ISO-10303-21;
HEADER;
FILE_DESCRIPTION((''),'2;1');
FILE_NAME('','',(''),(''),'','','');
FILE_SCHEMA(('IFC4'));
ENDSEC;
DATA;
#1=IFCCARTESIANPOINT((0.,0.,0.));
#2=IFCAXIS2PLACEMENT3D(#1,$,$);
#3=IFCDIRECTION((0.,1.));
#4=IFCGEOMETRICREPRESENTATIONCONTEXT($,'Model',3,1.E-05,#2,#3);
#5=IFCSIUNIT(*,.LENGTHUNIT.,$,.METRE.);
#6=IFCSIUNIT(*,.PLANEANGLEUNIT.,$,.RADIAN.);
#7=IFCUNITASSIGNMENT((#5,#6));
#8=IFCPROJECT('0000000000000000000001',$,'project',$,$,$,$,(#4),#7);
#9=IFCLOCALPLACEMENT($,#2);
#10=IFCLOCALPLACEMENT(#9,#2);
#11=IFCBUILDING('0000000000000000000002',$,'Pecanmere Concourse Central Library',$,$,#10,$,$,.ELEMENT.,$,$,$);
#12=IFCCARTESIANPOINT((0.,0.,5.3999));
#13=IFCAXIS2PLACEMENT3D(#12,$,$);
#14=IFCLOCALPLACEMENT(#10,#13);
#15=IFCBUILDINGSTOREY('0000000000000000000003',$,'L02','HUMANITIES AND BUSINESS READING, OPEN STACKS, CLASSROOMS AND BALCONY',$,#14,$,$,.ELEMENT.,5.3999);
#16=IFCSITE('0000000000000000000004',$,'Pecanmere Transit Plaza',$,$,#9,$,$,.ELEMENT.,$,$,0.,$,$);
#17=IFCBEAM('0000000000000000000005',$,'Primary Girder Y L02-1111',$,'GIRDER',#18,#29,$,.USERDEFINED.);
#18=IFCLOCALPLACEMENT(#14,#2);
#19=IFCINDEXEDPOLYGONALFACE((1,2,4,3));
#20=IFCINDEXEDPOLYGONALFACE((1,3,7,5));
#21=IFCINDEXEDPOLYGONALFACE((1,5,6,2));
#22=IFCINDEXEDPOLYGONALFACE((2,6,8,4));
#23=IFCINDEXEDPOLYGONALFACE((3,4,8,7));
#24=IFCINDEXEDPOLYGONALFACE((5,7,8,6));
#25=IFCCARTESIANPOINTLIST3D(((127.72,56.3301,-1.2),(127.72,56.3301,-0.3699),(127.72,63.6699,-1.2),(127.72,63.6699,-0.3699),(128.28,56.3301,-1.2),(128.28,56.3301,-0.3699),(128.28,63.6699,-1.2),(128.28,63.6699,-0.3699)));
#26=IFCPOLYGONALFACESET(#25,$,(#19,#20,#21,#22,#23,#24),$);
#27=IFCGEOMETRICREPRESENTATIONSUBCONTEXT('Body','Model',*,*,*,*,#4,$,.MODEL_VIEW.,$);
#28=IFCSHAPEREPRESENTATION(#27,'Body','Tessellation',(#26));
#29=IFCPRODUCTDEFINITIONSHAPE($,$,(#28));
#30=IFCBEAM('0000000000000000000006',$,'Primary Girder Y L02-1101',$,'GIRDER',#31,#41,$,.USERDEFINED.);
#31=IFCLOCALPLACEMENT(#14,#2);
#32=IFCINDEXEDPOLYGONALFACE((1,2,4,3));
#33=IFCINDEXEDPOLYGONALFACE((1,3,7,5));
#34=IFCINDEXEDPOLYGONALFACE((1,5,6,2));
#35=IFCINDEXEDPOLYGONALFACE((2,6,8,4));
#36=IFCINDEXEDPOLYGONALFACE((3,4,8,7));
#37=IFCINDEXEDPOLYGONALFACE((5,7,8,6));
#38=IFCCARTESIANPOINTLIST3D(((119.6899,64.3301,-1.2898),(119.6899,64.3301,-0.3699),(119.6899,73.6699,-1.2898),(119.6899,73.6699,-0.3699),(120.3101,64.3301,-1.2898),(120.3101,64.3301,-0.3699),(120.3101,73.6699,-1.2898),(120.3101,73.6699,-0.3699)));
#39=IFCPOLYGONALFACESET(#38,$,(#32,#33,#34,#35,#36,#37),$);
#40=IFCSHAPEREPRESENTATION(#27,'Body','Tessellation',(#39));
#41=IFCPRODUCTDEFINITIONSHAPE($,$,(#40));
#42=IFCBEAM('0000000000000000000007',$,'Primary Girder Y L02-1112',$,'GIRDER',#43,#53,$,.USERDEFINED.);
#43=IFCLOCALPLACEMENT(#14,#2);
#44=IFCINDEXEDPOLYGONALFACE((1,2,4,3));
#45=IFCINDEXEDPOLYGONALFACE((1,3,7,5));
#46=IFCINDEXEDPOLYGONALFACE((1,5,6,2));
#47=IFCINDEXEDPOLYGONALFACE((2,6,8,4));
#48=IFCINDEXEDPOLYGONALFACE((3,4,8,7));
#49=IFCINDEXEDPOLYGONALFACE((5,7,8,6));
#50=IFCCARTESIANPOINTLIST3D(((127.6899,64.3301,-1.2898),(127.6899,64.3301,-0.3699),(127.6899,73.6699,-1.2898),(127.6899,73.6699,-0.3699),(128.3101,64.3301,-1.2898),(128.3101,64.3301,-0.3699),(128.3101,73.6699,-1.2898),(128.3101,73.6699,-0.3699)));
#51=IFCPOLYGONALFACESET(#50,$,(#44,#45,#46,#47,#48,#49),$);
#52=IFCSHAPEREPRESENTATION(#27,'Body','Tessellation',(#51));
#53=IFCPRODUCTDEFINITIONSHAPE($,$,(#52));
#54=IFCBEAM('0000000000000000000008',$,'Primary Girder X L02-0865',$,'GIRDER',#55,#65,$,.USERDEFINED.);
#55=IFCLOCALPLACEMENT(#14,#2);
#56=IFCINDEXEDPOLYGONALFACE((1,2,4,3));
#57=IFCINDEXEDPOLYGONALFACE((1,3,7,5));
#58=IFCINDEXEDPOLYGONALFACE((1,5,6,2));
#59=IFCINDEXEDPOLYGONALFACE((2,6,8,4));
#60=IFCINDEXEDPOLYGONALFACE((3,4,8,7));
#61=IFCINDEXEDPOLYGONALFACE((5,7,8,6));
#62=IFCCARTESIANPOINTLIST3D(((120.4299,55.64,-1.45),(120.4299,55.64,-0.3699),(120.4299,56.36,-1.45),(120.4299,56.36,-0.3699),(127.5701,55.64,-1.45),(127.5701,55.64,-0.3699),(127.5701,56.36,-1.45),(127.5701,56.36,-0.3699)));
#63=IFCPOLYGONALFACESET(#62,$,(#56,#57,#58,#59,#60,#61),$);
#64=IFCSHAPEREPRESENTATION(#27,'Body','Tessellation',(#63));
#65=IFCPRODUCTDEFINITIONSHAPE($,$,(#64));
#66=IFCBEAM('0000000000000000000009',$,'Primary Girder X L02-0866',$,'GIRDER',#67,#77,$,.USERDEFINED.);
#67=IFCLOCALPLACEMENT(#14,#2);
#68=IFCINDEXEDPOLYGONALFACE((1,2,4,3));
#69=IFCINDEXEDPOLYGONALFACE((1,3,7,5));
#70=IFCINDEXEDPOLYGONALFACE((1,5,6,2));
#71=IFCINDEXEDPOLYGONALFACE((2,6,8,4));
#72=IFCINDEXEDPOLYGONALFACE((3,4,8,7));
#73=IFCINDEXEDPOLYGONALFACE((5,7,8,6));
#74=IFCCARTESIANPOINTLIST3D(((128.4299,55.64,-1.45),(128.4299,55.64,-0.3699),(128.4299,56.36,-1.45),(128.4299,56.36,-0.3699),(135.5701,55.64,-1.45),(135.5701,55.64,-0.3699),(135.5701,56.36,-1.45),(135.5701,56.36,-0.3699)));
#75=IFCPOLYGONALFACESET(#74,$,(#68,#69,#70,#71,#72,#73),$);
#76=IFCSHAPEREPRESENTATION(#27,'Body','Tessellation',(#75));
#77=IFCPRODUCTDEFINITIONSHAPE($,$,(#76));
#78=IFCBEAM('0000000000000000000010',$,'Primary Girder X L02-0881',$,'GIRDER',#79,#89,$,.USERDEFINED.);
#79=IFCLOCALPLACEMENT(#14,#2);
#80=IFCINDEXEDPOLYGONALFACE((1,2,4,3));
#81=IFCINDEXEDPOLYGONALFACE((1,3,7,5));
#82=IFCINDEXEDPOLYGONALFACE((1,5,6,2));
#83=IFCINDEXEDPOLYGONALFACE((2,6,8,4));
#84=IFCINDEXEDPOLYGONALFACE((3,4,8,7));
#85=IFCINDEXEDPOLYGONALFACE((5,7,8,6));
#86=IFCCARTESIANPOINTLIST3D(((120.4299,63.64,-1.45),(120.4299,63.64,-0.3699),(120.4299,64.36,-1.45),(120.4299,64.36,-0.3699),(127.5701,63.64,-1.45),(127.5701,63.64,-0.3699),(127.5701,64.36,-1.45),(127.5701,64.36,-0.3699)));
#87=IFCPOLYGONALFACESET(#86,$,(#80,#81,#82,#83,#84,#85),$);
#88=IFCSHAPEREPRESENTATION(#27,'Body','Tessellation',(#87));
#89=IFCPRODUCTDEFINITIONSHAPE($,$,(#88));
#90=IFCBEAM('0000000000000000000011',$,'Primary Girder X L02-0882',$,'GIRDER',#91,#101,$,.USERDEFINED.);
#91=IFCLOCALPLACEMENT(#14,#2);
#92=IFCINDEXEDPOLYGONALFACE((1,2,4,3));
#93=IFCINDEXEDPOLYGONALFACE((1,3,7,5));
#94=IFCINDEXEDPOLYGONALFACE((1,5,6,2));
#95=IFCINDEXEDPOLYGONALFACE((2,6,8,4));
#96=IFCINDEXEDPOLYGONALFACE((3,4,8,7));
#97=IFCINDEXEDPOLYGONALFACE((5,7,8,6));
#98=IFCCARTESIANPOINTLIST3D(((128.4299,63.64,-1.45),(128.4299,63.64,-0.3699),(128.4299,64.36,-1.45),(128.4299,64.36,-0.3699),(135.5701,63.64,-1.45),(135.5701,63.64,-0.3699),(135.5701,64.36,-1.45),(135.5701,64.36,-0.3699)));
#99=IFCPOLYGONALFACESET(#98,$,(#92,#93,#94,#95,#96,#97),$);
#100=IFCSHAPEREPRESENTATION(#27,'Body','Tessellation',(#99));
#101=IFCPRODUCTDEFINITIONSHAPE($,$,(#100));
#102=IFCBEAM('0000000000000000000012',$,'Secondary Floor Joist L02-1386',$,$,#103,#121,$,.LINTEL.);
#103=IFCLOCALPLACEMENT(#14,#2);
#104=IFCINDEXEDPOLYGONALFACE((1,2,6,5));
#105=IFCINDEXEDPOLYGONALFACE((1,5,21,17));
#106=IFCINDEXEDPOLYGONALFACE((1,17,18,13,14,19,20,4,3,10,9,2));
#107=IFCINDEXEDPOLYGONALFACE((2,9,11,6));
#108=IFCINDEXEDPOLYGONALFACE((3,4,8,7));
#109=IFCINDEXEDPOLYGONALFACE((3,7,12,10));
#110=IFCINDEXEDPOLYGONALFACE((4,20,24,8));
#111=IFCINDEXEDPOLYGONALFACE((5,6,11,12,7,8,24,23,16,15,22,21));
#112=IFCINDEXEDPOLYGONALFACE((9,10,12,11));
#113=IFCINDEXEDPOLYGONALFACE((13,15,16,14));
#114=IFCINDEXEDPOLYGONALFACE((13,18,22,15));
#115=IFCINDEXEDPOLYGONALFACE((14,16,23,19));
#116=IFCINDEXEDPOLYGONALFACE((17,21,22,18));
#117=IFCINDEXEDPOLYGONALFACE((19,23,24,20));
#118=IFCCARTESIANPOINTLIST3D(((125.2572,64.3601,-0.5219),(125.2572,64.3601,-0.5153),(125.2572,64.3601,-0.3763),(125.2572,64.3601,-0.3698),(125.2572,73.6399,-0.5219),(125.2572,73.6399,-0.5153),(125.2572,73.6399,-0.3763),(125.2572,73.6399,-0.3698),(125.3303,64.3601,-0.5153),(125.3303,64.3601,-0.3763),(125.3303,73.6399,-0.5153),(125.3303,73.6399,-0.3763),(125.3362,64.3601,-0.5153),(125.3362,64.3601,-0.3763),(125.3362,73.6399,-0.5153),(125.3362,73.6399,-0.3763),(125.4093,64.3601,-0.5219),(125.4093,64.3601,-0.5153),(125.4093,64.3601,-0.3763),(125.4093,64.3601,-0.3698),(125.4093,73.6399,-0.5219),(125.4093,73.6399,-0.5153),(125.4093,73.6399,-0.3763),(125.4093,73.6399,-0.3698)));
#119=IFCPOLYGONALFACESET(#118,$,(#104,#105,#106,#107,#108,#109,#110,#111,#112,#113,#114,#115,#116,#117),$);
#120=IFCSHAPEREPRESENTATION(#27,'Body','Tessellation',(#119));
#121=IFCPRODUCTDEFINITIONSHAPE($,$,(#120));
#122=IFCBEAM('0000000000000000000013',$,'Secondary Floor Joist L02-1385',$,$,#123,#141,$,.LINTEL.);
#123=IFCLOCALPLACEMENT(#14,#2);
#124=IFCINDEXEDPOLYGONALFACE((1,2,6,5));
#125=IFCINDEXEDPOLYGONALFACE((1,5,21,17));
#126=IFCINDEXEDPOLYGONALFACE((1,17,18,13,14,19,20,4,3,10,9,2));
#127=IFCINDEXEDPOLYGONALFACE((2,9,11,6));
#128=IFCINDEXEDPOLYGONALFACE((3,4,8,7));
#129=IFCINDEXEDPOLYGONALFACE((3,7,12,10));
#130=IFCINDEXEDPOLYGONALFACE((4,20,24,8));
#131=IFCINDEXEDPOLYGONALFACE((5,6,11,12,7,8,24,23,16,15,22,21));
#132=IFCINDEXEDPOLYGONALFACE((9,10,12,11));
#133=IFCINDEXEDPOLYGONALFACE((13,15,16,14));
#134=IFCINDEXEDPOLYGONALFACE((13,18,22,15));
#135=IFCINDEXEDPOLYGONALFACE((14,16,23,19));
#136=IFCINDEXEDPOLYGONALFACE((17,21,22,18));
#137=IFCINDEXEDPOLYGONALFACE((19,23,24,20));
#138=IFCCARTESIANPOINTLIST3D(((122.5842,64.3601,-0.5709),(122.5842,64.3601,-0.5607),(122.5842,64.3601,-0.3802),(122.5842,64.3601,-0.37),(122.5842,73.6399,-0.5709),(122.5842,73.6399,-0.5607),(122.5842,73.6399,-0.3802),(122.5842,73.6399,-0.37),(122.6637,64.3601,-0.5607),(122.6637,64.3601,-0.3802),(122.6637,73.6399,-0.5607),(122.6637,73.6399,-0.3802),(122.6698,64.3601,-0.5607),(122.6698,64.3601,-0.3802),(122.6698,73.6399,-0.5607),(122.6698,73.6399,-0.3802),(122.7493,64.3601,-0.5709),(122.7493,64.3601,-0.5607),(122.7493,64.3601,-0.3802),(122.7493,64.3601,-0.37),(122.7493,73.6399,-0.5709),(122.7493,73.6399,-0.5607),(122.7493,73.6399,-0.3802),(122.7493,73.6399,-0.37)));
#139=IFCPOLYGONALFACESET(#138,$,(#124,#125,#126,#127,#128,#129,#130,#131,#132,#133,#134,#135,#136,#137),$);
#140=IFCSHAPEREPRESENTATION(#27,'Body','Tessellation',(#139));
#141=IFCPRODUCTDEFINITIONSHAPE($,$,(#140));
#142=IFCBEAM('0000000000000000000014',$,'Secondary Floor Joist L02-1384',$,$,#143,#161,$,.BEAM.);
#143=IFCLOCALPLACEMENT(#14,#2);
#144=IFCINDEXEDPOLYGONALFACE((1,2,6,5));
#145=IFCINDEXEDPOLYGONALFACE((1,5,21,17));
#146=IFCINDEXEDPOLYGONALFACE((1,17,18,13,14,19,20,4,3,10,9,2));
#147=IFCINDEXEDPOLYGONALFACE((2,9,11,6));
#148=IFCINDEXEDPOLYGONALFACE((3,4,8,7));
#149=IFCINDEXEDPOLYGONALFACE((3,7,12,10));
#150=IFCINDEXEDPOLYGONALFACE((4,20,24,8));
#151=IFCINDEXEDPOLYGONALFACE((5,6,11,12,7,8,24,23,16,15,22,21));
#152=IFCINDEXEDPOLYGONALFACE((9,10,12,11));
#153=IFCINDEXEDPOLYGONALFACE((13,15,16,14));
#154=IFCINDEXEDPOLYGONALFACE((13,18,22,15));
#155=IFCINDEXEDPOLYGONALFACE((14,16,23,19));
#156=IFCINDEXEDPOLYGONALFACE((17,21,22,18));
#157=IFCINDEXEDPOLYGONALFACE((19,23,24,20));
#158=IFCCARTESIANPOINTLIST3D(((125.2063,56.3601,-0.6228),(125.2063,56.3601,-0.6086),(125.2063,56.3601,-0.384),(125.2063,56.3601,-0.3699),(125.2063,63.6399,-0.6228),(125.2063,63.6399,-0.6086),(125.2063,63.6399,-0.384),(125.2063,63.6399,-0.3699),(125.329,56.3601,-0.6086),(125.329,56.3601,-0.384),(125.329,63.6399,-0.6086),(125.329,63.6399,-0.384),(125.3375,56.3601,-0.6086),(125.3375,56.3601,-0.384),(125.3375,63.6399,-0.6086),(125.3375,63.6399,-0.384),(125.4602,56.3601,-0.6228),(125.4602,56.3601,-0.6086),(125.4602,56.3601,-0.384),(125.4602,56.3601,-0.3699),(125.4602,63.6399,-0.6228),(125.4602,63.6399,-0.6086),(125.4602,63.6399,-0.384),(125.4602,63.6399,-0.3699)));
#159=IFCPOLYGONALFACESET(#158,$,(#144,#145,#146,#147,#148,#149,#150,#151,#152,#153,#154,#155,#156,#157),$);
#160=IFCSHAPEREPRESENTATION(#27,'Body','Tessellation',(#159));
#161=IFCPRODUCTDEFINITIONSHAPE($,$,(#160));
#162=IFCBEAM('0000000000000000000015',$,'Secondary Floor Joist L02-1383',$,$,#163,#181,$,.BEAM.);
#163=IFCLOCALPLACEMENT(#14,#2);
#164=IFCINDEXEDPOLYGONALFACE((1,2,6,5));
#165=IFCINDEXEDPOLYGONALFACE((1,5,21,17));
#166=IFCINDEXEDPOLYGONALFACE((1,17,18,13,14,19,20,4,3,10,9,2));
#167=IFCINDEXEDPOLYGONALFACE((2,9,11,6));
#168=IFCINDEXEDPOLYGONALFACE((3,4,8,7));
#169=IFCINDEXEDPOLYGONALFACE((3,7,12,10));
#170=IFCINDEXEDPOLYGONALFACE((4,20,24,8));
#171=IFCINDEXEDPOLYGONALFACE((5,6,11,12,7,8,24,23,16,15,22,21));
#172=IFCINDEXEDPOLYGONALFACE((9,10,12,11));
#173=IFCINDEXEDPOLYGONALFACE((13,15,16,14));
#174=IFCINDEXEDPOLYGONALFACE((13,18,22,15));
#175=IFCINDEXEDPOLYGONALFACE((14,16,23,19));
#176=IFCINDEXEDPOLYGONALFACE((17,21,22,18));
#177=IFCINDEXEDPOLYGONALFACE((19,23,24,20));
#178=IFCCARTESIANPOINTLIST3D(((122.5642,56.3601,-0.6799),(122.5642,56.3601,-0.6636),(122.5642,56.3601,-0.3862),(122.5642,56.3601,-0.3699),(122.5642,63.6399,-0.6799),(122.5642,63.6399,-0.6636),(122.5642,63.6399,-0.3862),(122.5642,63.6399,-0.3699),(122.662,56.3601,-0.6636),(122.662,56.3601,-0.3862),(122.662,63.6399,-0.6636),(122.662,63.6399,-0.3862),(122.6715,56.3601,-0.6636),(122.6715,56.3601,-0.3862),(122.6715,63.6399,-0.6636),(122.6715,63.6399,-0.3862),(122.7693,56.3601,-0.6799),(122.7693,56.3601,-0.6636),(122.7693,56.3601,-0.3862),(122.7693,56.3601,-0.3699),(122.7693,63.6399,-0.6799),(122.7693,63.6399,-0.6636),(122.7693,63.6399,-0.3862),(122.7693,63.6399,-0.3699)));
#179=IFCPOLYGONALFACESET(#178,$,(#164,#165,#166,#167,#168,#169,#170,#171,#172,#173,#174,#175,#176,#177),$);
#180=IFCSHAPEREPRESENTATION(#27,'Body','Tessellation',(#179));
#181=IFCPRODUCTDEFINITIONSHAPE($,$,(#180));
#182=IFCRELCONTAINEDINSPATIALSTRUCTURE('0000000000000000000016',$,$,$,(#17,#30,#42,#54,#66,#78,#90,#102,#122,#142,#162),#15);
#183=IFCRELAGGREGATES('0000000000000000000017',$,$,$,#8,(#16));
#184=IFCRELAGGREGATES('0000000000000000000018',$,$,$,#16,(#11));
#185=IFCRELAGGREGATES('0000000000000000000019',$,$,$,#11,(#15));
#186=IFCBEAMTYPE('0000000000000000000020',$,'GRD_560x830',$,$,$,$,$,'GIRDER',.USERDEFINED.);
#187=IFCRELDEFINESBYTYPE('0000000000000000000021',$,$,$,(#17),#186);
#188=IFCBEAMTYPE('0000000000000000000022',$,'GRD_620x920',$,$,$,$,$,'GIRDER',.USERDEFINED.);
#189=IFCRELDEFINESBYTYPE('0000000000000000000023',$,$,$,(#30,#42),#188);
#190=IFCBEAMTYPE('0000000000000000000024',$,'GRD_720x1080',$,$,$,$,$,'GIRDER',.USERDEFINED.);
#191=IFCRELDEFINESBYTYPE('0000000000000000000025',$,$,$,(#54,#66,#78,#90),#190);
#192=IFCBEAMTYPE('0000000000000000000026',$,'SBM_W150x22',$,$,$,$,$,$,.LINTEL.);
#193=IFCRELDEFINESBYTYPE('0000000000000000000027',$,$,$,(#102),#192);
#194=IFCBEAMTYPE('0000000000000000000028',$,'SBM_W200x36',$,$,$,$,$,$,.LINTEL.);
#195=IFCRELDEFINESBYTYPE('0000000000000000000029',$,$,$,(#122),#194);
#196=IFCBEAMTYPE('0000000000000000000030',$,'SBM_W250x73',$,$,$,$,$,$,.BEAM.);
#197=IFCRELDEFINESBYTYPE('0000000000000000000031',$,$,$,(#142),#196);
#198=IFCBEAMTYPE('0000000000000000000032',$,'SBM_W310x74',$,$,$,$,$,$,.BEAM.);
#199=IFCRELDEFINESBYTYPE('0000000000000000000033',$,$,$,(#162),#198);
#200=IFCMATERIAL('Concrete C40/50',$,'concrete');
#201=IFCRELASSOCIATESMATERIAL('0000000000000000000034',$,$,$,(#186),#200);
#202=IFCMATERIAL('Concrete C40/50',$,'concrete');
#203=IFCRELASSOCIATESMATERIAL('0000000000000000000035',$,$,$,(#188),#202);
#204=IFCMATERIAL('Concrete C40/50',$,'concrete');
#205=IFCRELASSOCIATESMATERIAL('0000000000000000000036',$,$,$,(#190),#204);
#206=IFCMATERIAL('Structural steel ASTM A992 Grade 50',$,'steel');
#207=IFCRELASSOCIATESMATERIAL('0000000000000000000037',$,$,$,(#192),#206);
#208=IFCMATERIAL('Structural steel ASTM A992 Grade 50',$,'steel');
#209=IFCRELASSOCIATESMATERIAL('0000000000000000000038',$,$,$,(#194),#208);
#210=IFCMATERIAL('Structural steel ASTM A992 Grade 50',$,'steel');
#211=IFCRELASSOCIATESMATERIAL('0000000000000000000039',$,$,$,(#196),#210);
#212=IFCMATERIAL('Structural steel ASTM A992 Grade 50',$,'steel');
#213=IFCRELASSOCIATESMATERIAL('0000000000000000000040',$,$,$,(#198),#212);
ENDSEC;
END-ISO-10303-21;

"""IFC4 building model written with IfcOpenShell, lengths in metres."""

from ifc_helpers import new_model, si_unit, direction, frame, origin, origin_2d, place, context, subcontext, project, spatial, rectangle, i_section, extrude, material, material_profile, profile_set, type_object, element, save


model = new_model("IFC4")

# Units and contexts
model_context = context("Model", 3, precision=1e-05, world=origin(), true_north=direction((0.0, 1.0)))
body_context = subcontext(model_context, "Body", "Model", "MODEL_VIEW")
ifc_project = project(units=[si_unit("LENGTHUNIT", "METRE"), si_unit("PLANEANGLEUNIT", "RADIAN")], contexts=[model_context])

# Site, building, storey
site_placement = place(None, origin())
site = spatial("IfcSite", under=ifc_project, at=site_placement, Name="Pecanmere Transit Plaza", CompositionType="ELEMENT", RefElevation=0.0)
building_placement = place(site_placement, origin())
building = spatial("IfcBuilding", under=site, at=building_placement, Name="Pecanmere Concourse Central Library", CompositionType="ELEMENT")
storey_placement = place(building_placement, frame((0.0, 0.0, 5.3999)))
storey = spatial("IfcBuildingStorey", under=building, at=storey_placement, Name="L02", Description="HUMANITIES AND BUSINESS READING, OPEN STACKS, CLASSROOMS AND BALCONY", CompositionType="ELEMENT", Elevation=5.3999)

# Beams
ifc_material_1 = material(Name="Concrete C40/50", Category="concrete")
ifc_material_profile_1 = material_profile(ifc_material_1, rectangle(XDim=0.5601, YDim=0.8301, at=origin_2d()), Name="RC 560x830")
ifc_profile_set_1 = profile_set([ifc_material_profile_1], Name="Concrete C40/50")
beam_type_1 = type_object("IfcBeamType", Name="GRD_560x830", ElementType="GIRDER", PredefinedType="USERDEFINED", material=ifc_profile_set_1)
for number, where, z_axis, x_axis, name in (
    (1, (128.0, 56.3301, -0.7849), (0.0, 1.0, 0.0), (-1.0, 0.0, 0.0), "Primary Girder Y L02-1111"),
):
    element("IfcBeam", number, at=place(storey_placement, frame(where, z_axis=z_axis, x_axis=x_axis)), inside=storey, type_object=beam_type_1, Name=name, ObjectType="GIRDER", PredefinedType="USERDEFINED", context=body_context, shape_type="SweptSolid", body=[
        extrude(rectangle(XDim=0.5601, YDim=0.8301, at=origin_2d()), origin(), (0.0, 0.0, 1.0), 7.3398),
    ])
ifc_material_2 = material(Name="Concrete C40/50", Category="concrete")
ifc_material_profile_2 = material_profile(ifc_material_2, rectangle(XDim=0.6201, YDim=0.9199, at=origin_2d()), Name="RC 620x920")
ifc_profile_set_2 = profile_set([ifc_material_profile_2], Name="Concrete C40/50")
beam_type_2 = type_object("IfcBeamType", Name="GRD_620x920", ElementType="GIRDER", PredefinedType="USERDEFINED", material=ifc_profile_set_2)
for number, where, z_axis, x_axis, name in (
    (2, (120.0, 64.3301, -0.8298), (0.0, 1.0, 0.0), (-1.0, 0.0, 0.0), "Primary Girder Y L02-1101"),
    (3, (128.0, 64.3301, -0.8298), (0.0, 1.0, 0.0), (-1.0, 0.0, 0.0), "Primary Girder Y L02-1112"),
):
    element("IfcBeam", number, at=place(storey_placement, frame(where, z_axis=z_axis, x_axis=x_axis)), inside=storey, type_object=beam_type_2, Name=name, ObjectType="GIRDER", PredefinedType="USERDEFINED", context=body_context, shape_type="SweptSolid", body=[
        extrude(rectangle(XDim=0.6201, YDim=0.9199, at=origin_2d()), origin(), (0.0, 0.0, 1.0), 9.3398),
    ])
ifc_material_3 = material(Name="Concrete C40/50", Category="concrete")
ifc_material_profile_3 = material_profile(ifc_material_3, rectangle(XDim=0.72, YDim=1.0801, at=origin_2d()), Name="RC 720x1080")
ifc_profile_set_3 = profile_set([ifc_material_profile_3], Name="Concrete C40/50")
beam_type_3 = type_object("IfcBeamType", Name="GRD_720x1080", ElementType="GIRDER", PredefinedType="USERDEFINED", material=ifc_profile_set_3)
for number, where, z_axis, x_axis, name in (
    (4, (120.4299, 56.0, -0.9099), (1.0, 0.0, 0.0), (0.0, 1.0, 0.0), "Primary Girder X L02-0865"),
    (5, (128.4299, 56.0, -0.9099), (1.0, 0.0, 0.0), (0.0, 1.0, 0.0), "Primary Girder X L02-0866"),
    (6, (120.4299, 64.0, -0.9099), (1.0, 0.0, 0.0), (0.0, 1.0, 0.0), "Primary Girder X L02-0881"),
    (7, (128.4299, 64.0, -0.9099), (1.0, 0.0, 0.0), (0.0, 1.0, 0.0), "Primary Girder X L02-0882"),
):
    element("IfcBeam", number, at=place(storey_placement, frame(where, z_axis=z_axis, x_axis=x_axis)), inside=storey, type_object=beam_type_3, Name=name, ObjectType="GIRDER", PredefinedType="USERDEFINED", context=body_context, shape_type="SweptSolid", body=[
        extrude(rectangle(XDim=0.72, YDim=1.0801, at=origin_2d()), origin(), (0.0, 0.0, 1.0), 7.1401),
    ])
ifc_material_4 = material(Name="Structural steel ASTM A992 Grade 50", Category="steel")
ifc_material_profile_4 = material_profile(ifc_material_4, i_section(OverallWidth=0.1521, OverallDepth=0.1521, WebThickness=0.0059, FlangeThickness=0.0066, at=origin_2d()), Name="W150x22.5")
ifc_profile_set_4 = profile_set([ifc_material_profile_4], Name="Structural steel ASTM A992 Grade 50")
beam_type_4 = type_object("IfcBeamType", Name="SBM_W150x22", PredefinedType="LINTEL", material=ifc_profile_set_4)
beam_1_placement = place(storey_placement, frame((125.3333, 64.3601, -0.4458), z_axis=(0.0, 1.0, 0.0), x_axis=(-1.0, 0.0, 0.0)))
element("IfcBeam", 8, at=beam_1_placement, inside=storey, type_object=beam_type_4, Name="Secondary Floor Joist L02-1386", PredefinedType="LINTEL", context=body_context, shape_type="SweptSolid", body=[
    extrude(i_section(OverallWidth=0.1521, OverallDepth=0.1521, WebThickness=0.0059, FlangeThickness=0.0066, at=origin_2d()), origin(), (0.0, 0.0, 1.0), 9.2798),
])
ifc_material_5 = material(Name="Structural steel ASTM A992 Grade 50", Category="steel")
ifc_material_profile_5 = material_profile(ifc_material_5, i_section(OverallWidth=0.165, OverallDepth=0.2009, WebThickness=0.0061, FlangeThickness=0.0103, at=origin_2d()), Name="W200x35.9")
ifc_profile_set_5 = profile_set([ifc_material_profile_5], Name="Structural steel ASTM A992 Grade 50")
beam_type_5 = type_object("IfcBeamType", Name="SBM_W200x36", PredefinedType="LINTEL", material=ifc_profile_set_5)
beam_2_placement = place(storey_placement, frame((122.6667, 64.3601, -0.4705), z_axis=(0.0, 1.0, 0.0), x_axis=(-1.0, 0.0, 0.0)))
element("IfcBeam", 9, at=beam_2_placement, inside=storey, type_object=beam_type_5, Name="Secondary Floor Joist L02-1385", PredefinedType="LINTEL", context=body_context, shape_type="SweptSolid", body=[
    extrude(i_section(OverallWidth=0.165, OverallDepth=0.2009, WebThickness=0.0061, FlangeThickness=0.0103, at=origin_2d()), origin(), (0.0, 0.0, 1.0), 9.2798),
])
ifc_material_6 = material(Name="Structural steel ASTM A992 Grade 50", Category="steel")
ifc_material_profile_6 = material_profile(ifc_material_6, i_section(OverallWidth=0.2539, OverallDepth=0.2529, WebThickness=0.0085, FlangeThickness=0.0142, at=origin_2d()), Name="W250x73")
ifc_profile_set_6 = profile_set([ifc_material_profile_6], Name="Structural steel ASTM A992 Grade 50")
beam_type_6 = type_object("IfcBeamType", Name="SBM_W250x73", PredefinedType="BEAM", material=ifc_profile_set_6)
beam_3_placement = place(storey_placement, frame((125.3333, 56.3601, -0.4963), z_axis=(0.0, 1.0, 0.0), x_axis=(-1.0, 0.0, 0.0)))
element("IfcBeam", 10, at=beam_3_placement, inside=storey, type_object=beam_type_6, Name="Secondary Floor Joist L02-1384", PredefinedType="BEAM", context=body_context, shape_type="SweptSolid", body=[
    extrude(i_section(OverallWidth=0.2539, OverallDepth=0.2529, WebThickness=0.0085, FlangeThickness=0.0142, at=origin_2d()), origin(), (0.0, 0.0, 1.0), 7.2798),
])
ifc_material_7 = material(Name="Structural steel ASTM A992 Grade 50", Category="steel")
ifc_material_profile_7 = material_profile(ifc_material_7, i_section(OverallWidth=0.2051, OverallDepth=0.3101, WebThickness=0.0095, FlangeThickness=0.0164, at=origin_2d()), Name="W310x74")
ifc_profile_set_7 = profile_set([ifc_material_profile_7], Name="Structural steel ASTM A992 Grade 50")
beam_type_7 = type_object("IfcBeamType", Name="SBM_W310x74", PredefinedType="BEAM", material=ifc_profile_set_7)
beam_4_placement = place(storey_placement, frame((122.6667, 56.3601, -0.5249), z_axis=(0.0, 1.0, 0.0), x_axis=(-1.0, 0.0, 0.0)))
element("IfcBeam", 11, at=beam_4_placement, inside=storey, type_object=beam_type_7, Name="Secondary Floor Joist L02-1383", PredefinedType="BEAM", context=body_context, shape_type="SweptSolid", body=[
    extrude(i_section(OverallWidth=0.2051, OverallDepth=0.3101, WebThickness=0.0095, FlangeThickness=0.0164, at=origin_2d()), origin(), (0.0, 0.0, 1.0), 7.2798),
])

save(model, "model.ifc")
